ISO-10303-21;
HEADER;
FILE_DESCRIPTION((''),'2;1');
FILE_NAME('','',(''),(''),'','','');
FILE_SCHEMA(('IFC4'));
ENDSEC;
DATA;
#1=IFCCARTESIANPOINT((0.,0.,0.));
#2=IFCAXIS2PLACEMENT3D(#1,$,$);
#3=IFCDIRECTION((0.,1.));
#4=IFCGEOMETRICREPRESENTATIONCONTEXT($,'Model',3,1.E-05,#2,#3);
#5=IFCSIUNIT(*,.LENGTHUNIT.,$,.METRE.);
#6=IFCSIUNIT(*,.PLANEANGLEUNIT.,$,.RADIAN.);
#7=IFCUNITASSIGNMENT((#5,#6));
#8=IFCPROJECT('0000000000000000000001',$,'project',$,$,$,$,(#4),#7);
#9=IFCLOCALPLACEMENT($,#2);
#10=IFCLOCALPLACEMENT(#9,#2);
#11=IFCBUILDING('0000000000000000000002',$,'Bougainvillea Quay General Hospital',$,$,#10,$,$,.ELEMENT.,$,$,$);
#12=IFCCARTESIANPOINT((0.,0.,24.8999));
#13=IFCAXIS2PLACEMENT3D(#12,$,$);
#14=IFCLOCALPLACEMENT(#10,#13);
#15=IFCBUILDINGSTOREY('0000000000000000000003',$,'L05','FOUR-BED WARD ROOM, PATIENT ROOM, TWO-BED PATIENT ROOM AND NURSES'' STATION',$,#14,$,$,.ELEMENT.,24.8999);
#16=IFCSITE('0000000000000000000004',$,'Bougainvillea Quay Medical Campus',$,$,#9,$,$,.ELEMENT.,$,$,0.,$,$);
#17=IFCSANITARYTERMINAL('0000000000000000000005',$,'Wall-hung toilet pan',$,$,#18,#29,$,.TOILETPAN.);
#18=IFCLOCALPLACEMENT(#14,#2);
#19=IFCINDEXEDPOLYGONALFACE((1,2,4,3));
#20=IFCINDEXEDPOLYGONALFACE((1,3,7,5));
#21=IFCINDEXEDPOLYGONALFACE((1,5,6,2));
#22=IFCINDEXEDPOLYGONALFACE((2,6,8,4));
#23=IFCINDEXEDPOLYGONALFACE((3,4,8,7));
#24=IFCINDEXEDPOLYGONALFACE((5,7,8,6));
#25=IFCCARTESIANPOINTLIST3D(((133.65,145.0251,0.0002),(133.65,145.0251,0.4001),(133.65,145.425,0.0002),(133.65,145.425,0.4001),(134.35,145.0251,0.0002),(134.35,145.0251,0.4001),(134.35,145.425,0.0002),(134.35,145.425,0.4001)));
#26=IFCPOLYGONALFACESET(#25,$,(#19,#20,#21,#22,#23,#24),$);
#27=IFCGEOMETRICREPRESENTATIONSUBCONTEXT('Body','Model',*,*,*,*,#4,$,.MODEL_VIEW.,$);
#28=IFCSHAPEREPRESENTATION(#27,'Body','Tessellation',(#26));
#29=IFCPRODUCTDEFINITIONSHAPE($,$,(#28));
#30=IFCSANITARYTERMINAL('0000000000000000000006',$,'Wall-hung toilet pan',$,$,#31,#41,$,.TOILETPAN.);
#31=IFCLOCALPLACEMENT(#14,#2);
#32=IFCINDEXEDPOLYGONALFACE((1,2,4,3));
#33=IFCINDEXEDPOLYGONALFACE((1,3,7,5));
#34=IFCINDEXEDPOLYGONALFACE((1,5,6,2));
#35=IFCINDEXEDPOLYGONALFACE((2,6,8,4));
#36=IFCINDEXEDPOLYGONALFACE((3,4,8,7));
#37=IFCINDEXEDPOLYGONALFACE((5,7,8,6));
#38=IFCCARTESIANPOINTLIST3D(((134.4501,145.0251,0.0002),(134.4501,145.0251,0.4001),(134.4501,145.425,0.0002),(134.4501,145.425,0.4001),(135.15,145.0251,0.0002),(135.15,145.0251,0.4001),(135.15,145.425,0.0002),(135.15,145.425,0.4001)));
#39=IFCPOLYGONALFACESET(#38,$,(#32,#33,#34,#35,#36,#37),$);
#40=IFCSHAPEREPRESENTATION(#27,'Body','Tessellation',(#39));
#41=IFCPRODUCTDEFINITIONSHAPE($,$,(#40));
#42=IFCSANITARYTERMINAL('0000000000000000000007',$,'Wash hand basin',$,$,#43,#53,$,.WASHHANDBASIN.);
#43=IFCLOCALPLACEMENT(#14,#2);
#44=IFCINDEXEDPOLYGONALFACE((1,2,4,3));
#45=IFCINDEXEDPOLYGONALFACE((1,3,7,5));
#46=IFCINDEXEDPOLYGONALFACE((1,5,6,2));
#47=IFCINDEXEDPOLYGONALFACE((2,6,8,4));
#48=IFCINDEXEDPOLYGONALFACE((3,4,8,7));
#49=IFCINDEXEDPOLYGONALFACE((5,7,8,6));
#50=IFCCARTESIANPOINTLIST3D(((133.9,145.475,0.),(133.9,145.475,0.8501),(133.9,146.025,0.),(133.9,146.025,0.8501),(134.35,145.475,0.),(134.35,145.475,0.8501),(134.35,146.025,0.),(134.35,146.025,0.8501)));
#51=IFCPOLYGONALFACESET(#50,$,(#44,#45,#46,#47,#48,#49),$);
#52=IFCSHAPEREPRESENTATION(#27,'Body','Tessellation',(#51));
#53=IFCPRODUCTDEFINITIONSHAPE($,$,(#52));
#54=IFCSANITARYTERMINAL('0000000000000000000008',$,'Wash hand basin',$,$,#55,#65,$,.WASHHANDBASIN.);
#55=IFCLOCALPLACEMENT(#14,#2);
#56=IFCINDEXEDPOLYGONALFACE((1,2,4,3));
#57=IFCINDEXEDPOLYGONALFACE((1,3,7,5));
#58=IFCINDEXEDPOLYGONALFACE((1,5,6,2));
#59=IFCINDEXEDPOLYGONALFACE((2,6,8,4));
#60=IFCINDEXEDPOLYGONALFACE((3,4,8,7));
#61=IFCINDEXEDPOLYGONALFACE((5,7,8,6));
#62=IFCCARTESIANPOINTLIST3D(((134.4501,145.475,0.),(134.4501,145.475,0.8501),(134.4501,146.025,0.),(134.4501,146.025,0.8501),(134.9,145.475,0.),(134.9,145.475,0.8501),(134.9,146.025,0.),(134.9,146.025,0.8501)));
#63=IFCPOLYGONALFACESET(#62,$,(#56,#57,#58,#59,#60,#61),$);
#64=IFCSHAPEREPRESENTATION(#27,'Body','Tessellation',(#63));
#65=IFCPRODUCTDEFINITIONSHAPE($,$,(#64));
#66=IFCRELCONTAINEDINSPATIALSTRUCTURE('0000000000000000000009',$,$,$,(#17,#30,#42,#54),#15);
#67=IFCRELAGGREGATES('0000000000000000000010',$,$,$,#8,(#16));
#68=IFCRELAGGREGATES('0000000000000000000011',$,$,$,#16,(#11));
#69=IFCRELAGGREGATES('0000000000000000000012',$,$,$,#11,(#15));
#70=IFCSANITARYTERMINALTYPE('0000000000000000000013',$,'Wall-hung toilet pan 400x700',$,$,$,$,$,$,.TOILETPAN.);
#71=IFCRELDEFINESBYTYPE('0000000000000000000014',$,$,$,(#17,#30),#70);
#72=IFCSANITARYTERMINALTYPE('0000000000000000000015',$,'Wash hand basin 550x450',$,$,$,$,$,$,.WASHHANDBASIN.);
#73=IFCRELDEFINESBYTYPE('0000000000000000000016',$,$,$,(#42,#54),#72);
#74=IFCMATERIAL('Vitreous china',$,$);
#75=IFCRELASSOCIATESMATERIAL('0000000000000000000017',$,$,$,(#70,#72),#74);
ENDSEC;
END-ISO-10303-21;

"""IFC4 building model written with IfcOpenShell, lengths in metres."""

from ifc_helpers import new_model, si_unit, direction, frame, origin, origin_2d, place, context, subcontext, project, spatial, rectangle, extrude, material, type_object, element, save


model = new_model("IFC4")

# Units and contexts
model_context = context("Model", 3, precision=1e-05, world=origin(), true_north=direction((0.0, 1.0)))
body_context = subcontext(model_context, "Body", "Model", "MODEL_VIEW")
ifc_project = project(units=[si_unit("LENGTHUNIT", "METRE"), si_unit("PLANEANGLEUNIT", "RADIAN")], contexts=[model_context])

# Site, building, storey
site_placement = place(None, origin())
site = spatial("IfcSite", under=ifc_project, at=site_placement, Name="Bougainvillea Quay Medical Campus", CompositionType="ELEMENT", RefElevation=0.0)
building_placement = place(site_placement, origin())
building = spatial("IfcBuilding", under=site, at=building_placement, Name="Bougainvillea Quay General Hospital", CompositionType="ELEMENT")
storey_placement = place(building_placement, frame((0.0, 0.0, 24.8999)))
storey = spatial("IfcBuildingStorey", under=building, at=storey_placement, Name="L05", Description="FOUR-BED WARD ROOM, PATIENT ROOM, TWO-BED PATIENT ROOM AND NURSES' STATION", CompositionType="ELEMENT", Elevation=24.8999)

# Sanitary terminals
ifc_material_1 = material(Name="Vitreous china")
sanitary_terminal_type_1 = type_object("IfcSanitaryTerminalType", Name="Wall-hung toilet pan 400x700", PredefinedType="TOILETPAN", material=ifc_material_1)
for number, where, z_axis, x_axis, name in (
    (1, (134.0, 145.2251, 0.0002), (0.0, 0.0, 1.0), (0.0, -1.0, 0.0), "Wall-hung toilet pan"),
    (2, (134.8, 145.2251, 0.0002), (0.0, 0.0, 1.0), (0.0, 1.0, 0.0), "Wall-hung toilet pan"),
):
    element("IfcSanitaryTerminal", number, at=place(storey_placement, frame(where, z_axis=z_axis, x_axis=x_axis)), inside=storey, type_object=sanitary_terminal_type_1, Name=name, PredefinedType="TOILETPAN", context=body_context, shape_type="SweptSolid", body=[
        extrude(rectangle(XDim=0.3999, YDim=0.7, at=origin_2d()), origin(), (0.0, 0.0, 1.0), 0.3999),
    ])
sanitary_terminal_type_2 = type_object("IfcSanitaryTerminalType", Name="Wash hand basin 550x450", PredefinedType="WASHHANDBASIN", material=ifc_material_1)
for number, where, z_axis, x_axis, name in (
    (3, (134.125, 145.75, 0.0), (0.0, 0.0, 1.0), (0.0, -1.0, 0.0), "Wash hand basin"),
    (4, (134.675, 145.75, 0.0), (0.0, 0.0, 1.0), (0.0, 1.0, 0.0), "Wash hand basin"),
):
    element("IfcSanitaryTerminal", number, at=place(storey_placement, frame(where, z_axis=z_axis, x_axis=x_axis)), inside=storey, type_object=sanitary_terminal_type_2, Name=name, PredefinedType="WASHHANDBASIN", context=body_context, shape_type="SweptSolid", body=[
        extrude(rectangle(XDim=0.55, YDim=0.45, at=origin_2d()), origin(), (0.0, 0.0, 1.0), 0.8501),
    ])

save(model, "model.ifc")
